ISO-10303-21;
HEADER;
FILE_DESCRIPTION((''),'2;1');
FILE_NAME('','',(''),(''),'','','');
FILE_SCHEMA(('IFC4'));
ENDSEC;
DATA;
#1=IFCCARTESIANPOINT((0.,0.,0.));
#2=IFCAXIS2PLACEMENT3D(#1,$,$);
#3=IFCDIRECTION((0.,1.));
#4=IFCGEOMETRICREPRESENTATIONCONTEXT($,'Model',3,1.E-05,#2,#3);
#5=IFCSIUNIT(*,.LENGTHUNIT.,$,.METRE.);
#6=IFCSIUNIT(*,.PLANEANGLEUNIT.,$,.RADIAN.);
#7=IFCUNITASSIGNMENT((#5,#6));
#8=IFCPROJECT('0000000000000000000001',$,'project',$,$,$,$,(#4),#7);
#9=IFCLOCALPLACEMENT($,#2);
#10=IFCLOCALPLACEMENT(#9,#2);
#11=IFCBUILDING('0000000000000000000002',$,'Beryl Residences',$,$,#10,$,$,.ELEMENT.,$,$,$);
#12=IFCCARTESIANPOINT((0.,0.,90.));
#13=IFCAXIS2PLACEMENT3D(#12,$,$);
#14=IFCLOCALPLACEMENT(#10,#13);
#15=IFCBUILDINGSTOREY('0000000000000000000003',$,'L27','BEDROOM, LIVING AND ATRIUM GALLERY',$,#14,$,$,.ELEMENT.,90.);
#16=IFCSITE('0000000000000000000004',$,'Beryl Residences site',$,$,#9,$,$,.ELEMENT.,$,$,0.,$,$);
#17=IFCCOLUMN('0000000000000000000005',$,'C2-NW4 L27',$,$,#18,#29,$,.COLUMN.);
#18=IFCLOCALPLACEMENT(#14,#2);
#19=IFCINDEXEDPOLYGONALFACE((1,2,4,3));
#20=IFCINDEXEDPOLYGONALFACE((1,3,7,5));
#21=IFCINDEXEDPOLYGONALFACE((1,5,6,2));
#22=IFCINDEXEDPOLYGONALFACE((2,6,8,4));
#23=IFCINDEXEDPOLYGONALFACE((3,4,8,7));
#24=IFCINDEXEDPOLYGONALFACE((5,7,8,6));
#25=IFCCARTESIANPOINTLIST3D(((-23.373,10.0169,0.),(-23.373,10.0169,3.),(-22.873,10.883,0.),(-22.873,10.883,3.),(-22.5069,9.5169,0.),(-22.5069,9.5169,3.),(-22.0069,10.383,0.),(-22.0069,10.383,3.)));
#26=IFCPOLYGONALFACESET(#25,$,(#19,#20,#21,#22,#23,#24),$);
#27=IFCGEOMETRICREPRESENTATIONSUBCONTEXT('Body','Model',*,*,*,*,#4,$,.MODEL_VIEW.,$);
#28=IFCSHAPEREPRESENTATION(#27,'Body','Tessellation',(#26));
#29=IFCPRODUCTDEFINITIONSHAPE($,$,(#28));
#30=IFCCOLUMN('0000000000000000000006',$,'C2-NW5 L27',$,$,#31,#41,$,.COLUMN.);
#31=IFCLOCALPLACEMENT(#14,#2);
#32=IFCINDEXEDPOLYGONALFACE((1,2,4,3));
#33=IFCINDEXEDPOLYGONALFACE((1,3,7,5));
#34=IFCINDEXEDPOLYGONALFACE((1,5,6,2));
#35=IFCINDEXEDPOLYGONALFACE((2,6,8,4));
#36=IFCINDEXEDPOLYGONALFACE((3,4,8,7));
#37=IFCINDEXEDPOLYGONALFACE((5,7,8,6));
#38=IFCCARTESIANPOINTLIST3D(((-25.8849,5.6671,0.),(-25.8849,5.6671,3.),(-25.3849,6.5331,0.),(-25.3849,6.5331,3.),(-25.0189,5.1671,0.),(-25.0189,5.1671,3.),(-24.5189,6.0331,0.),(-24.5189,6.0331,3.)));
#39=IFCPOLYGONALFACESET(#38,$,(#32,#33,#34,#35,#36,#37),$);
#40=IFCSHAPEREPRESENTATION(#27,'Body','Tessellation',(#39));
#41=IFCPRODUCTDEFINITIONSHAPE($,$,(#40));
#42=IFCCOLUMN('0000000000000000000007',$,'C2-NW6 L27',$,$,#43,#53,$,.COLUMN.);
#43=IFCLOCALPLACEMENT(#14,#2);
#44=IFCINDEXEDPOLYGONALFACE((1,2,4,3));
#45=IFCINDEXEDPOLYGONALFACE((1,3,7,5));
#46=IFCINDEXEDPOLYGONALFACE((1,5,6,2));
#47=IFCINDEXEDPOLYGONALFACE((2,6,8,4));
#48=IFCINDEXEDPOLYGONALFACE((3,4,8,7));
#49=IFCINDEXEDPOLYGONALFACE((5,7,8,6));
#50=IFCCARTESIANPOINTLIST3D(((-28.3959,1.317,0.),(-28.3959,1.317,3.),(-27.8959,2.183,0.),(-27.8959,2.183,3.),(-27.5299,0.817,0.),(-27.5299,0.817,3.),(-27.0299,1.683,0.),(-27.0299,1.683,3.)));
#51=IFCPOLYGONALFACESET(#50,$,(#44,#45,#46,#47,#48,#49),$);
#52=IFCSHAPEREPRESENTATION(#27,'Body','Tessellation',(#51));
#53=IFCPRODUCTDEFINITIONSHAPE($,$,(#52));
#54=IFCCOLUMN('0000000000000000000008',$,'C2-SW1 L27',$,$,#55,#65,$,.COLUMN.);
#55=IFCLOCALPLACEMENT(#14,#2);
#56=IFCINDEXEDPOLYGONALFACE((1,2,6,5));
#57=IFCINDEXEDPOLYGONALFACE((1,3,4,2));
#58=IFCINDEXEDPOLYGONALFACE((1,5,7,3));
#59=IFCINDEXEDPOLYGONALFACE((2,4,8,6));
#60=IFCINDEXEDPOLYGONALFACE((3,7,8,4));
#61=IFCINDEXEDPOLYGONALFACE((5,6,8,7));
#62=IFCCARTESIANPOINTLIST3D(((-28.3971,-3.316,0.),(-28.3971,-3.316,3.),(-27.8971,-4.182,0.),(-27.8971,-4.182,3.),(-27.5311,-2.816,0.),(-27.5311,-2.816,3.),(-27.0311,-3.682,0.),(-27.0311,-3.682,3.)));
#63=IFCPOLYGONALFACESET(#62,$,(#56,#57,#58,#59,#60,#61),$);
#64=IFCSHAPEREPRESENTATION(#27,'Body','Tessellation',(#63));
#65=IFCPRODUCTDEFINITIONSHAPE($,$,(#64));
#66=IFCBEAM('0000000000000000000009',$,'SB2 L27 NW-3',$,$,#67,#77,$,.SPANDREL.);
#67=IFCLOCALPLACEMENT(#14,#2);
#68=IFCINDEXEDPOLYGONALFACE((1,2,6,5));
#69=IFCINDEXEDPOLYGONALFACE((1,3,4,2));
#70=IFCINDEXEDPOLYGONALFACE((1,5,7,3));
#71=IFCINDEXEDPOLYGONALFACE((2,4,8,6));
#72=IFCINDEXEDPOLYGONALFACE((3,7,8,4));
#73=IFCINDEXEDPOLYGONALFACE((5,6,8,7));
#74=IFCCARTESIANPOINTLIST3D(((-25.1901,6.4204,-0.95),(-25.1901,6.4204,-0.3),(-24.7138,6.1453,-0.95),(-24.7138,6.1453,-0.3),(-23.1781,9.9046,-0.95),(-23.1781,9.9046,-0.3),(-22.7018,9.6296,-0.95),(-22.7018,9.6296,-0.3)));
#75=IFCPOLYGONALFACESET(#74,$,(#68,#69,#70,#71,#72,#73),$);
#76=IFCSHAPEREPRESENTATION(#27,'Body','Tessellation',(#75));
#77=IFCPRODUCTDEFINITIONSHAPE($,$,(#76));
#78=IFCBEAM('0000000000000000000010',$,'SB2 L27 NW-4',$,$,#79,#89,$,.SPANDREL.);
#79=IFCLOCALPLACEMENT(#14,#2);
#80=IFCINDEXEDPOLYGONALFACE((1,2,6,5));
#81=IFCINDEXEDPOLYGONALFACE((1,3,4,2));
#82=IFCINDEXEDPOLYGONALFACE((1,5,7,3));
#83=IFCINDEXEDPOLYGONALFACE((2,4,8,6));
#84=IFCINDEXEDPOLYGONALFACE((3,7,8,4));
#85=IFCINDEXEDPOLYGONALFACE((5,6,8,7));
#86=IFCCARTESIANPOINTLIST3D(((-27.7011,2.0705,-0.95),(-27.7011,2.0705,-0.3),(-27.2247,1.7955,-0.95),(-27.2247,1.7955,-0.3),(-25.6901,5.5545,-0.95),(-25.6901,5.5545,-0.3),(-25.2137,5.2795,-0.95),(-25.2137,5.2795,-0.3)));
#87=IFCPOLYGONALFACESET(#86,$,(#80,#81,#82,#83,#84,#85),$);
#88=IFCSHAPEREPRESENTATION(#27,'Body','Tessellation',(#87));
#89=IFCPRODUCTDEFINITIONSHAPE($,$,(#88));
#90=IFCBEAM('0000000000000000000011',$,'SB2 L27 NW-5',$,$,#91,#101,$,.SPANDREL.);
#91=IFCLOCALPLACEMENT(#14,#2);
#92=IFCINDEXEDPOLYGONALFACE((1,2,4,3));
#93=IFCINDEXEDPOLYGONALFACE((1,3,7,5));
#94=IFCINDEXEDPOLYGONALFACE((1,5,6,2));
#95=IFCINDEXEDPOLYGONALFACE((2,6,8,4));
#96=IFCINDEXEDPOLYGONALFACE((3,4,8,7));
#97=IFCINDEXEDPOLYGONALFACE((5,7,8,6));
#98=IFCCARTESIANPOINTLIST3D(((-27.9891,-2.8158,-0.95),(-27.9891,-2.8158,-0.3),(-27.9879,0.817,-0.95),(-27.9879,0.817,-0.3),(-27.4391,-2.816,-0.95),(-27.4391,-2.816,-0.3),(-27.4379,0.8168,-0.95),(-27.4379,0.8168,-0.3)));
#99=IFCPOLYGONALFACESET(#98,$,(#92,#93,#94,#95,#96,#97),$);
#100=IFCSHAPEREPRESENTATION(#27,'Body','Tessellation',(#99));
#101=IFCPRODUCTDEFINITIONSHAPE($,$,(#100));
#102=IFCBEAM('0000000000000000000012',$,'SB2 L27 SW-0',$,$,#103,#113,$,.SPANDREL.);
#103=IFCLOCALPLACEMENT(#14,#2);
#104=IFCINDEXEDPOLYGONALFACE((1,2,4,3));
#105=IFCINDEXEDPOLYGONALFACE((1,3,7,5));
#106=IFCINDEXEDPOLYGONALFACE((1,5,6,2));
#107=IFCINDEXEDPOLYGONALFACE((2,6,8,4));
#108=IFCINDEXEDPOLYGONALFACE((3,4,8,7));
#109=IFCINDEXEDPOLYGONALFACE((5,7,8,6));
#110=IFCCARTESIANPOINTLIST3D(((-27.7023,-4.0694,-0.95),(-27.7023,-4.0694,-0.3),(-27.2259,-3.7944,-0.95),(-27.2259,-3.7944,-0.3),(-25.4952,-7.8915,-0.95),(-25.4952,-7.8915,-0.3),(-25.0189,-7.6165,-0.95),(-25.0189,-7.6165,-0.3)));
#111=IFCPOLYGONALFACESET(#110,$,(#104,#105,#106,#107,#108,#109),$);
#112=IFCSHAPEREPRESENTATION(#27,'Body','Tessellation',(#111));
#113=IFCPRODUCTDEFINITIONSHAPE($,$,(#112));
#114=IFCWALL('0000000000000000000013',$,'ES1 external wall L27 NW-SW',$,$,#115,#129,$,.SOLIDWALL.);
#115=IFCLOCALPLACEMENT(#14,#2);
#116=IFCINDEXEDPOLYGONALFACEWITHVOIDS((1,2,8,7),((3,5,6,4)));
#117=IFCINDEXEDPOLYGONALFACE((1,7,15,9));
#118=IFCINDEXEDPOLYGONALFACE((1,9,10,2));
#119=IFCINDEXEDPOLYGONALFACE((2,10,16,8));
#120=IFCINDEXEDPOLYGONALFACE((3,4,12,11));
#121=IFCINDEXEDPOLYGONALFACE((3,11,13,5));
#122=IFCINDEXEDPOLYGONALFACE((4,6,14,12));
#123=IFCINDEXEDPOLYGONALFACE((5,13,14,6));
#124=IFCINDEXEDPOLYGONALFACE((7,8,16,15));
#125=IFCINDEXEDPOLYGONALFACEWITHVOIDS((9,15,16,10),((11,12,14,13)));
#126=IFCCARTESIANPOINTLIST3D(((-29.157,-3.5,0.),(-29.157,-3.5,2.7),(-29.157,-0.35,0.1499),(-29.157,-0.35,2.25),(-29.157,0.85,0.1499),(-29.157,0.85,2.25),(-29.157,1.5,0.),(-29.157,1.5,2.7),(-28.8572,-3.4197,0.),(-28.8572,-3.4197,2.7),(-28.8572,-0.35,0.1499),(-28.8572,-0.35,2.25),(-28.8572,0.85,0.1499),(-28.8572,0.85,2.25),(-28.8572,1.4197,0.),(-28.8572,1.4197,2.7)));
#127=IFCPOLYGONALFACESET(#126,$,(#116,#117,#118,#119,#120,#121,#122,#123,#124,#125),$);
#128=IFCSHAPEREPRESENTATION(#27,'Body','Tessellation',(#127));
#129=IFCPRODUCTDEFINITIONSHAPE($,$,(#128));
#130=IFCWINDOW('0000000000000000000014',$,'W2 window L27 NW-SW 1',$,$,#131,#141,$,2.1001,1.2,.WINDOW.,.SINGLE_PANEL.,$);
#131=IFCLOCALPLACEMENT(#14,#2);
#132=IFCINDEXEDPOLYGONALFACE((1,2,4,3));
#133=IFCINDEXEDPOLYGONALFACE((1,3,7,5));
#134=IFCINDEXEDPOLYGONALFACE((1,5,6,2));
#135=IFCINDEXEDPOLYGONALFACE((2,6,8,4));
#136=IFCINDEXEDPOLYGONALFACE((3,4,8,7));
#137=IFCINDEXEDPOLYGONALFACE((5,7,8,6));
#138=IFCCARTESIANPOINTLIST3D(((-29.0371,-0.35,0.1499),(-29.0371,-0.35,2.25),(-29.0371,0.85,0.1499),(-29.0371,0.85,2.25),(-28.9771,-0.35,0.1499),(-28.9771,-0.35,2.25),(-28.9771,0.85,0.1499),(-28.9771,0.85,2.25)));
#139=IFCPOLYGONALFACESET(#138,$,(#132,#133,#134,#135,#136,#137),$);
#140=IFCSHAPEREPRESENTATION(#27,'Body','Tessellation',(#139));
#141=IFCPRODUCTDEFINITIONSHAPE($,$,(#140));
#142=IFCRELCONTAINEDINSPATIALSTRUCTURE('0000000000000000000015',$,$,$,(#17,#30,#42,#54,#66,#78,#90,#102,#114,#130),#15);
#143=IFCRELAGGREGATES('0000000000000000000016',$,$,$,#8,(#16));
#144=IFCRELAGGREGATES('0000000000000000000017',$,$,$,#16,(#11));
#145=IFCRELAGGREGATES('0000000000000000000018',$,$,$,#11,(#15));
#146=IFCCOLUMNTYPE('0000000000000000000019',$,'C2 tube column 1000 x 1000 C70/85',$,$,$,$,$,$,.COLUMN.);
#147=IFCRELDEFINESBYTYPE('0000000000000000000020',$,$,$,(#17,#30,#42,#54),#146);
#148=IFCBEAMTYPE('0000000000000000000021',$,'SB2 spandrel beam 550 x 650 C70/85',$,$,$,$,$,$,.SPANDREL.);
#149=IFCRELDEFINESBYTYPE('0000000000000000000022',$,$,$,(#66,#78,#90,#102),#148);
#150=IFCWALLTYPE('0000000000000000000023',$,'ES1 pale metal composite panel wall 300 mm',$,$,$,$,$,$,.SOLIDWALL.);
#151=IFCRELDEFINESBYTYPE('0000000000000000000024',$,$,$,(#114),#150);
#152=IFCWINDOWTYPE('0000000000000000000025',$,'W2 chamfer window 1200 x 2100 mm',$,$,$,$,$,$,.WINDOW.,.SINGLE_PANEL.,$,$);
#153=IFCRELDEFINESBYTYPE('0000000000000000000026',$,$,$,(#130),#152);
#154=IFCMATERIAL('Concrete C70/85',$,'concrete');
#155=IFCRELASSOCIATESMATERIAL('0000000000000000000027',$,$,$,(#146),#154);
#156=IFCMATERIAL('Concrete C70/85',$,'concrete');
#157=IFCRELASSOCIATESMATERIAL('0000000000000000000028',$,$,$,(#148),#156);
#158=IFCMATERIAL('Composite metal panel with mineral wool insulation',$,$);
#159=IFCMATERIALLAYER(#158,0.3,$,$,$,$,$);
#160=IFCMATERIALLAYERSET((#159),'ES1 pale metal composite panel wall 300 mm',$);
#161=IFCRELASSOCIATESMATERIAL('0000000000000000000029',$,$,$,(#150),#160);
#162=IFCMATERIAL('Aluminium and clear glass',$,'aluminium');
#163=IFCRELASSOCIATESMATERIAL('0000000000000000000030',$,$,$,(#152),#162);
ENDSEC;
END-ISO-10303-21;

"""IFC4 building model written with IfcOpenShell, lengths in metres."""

from ifc_helpers import new_model, si_unit, direction, frame, frame_2d, origin, origin_2d, place, context, subcontext, project, spatial, polyline, rectangle, outline, extrude, material, layer, layer_set, material_profile, profile_set, type_object, element, fill, save


model = new_model("IFC4")

# Units and contexts
model_context = context("Model", 3, precision=1e-05, world=origin(), true_north=direction((0.0, 1.0)))
body_context = subcontext(model_context, "Body", "Model", "MODEL_VIEW")
ifc_project = project(units=[si_unit("LENGTHUNIT", "METRE"), si_unit("PLANEANGLEUNIT", "RADIAN")], contexts=[model_context])

# Site, building, storey
site_placement = place(None, origin())
site = spatial("IfcSite", under=ifc_project, at=site_placement, Name="Beryl Residences site", CompositionType="ELEMENT", RefElevation=0.0)
building_placement = place(site_placement, origin())
building = spatial("IfcBuilding", under=site, at=building_placement, Name="Beryl Residences", CompositionType="ELEMENT")
storey_placement = place(building_placement, frame((0.0, 0.0, 90.0)))
storey = spatial("IfcBuildingStorey", under=building, at=storey_placement, Name="L27", Description="BEDROOM, LIVING AND ATRIUM GALLERY", CompositionType="ELEMENT", Elevation=90.0)

# Columns
ifc_material_1 = material(Name="Concrete C70/85", Category="concrete")
ifc_material_profile_1 = material_profile(ifc_material_1, rectangle(XDim=1.0, YDim=1.0, at=origin_2d()))
ifc_profile_set_1 = profile_set([ifc_material_profile_1], Name="Concrete C70/85")
column_type = type_object("IfcColumnType", Name="C2 tube column 1000 x 1000 C70/85", PredefinedType="COLUMN", material=ifc_profile_set_1)
for number, where, z_axis, x_axis, name in (
    (1, (-22.6899, 10.2, 0.0), (0.0, 0.0, 1.0), (-0.5, -0.866025, 0.0), "C2-NW4 L27"),
    (2, (-25.2019, 5.8501, 0.0), (0.0, 0.0, 1.0), (-0.5, -0.866025, 0.0), "C2-NW5 L27"),
    (3, (-27.7129, 1.5, 0.0), (0.0, 0.0, 1.0), (-0.5, -0.866025, 0.0), "C2-NW6 L27"),
    (4, (-27.7141, -3.499, 0.0), (0.0, 0.0, 1.0), (0.5, -0.866025, 0.0), "C2-SW1 L27"),
):
    element("IfcColumn", number, at=place(storey_placement, frame(where, z_axis=z_axis, x_axis=x_axis)), inside=storey, type_object=column_type, Name=name, PredefinedType="COLUMN", context=body_context, shape_type="SweptSolid", body=[
        extrude(rectangle(XDim=1.0, YDim=1.0, at=origin_2d()), origin(), (0.0, 0.0, 1.0), 3.0),
    ])

# Beams
ifc_material_2 = material(Name="Concrete C70/85", Category="concrete")
ifc_material_profile_2 = material_profile(ifc_material_2, rectangle(XDim=0.55, YDim=0.6499, at=origin_2d()))
ifc_profile_set_2 = profile_set([ifc_material_profile_2], Name="Concrete C70/85")
beam_type = type_object("IfcBeamType", Name="SB2 spandrel beam 550 x 650 C70/85", PredefinedType="SPANDREL", material=ifc_profile_set_2)
beam_1_placement = place(storey_placement, frame((-22.9399, 9.7671, -0.625), z_axis=(-0.500074, -0.865982, 0.0), x_axis=(0.865982, -0.500074, 0.0)))
element("IfcBeam", 5, at=beam_1_placement, inside=storey, type_object=beam_type, Name="SB2 L27 NW-3", PredefinedType="SPANDREL", context=body_context, shape_type="SweptSolid", body=[
    extrude(rectangle(XDim=0.55, YDim=0.6499, at=origin_2d()), origin(), (0.0, 0.0, 1.0), 4.0234),
])
beam_2_placement = place(storey_placement, frame((-25.4519, 5.417, -0.625), z_axis=(-0.499919, -0.866072, 0.0), x_axis=(0.866072, -0.499919, 0.0)))
element("IfcBeam", 6, at=beam_2_placement, inside=storey, type_object=beam_type, Name="SB2 L27 NW-4", PredefinedType="SPANDREL", context=body_context, shape_type="SweptSolid", body=[
    extrude(rectangle(XDim=0.55, YDim=0.6499, at=origin_2d()), origin(), (0.0, 0.0, 1.0), 4.0227),
])
beam_3_placement = place(storey_placement, frame((-27.7129, 0.8169, -0.625), z_axis=(-0.000336, -1.0, 0.0), x_axis=(1.0, -0.000336, 0.0)))
element("IfcBeam", 7, at=beam_3_placement, inside=storey, type_object=beam_type, Name="SB2 L27 NW-5", PredefinedType="SPANDREL", context=body_context, shape_type="SweptSolid", body=[
    extrude(rectangle(XDim=0.55, YDim=0.6499, at=origin_2d()), origin(), (0.0, 0.0, 1.0), 3.6328),
])
beam_4_placement = place(storey_placement, frame((-27.4641, -3.9319, -0.625), z_axis=(0.500066, -0.865988, 0.0), x_axis=(0.865988, 0.500066, 0.0)))
element("IfcBeam", 8, at=beam_4_placement, inside=storey, type_object=beam_type, Name="SB2 L27 SW-0", PredefinedType="SPANDREL", context=body_context, shape_type="SweptSolid", body=[
    extrude(rectangle(XDim=0.55, YDim=0.6499, at=origin_2d()), origin(), (0.0, 0.0, 1.0), 4.4136),
])

# Wall, opening, window
ifc_material_3 = material(Name="Composite metal panel with mineral wool insulation")
ifc_layer_1 = layer(ifc_material_3, 0.3)
ifc_layer_set_1 = layer_set([ifc_layer_1], Name="ES1 pale metal composite panel wall 300 mm")
wall_type_1 = type_object("IfcWallType", Name="ES1 pale metal composite panel wall 300 mm", PredefinedType="SOLIDWALL", material=ifc_layer_set_1)
wall_1_placement = place(storey_placement, frame((-29.0071, 1.5, 0.0), z_axis=(0.0, 0.0, 1.0), x_axis=(0.0, -1.0, 0.0)))
wall_1 = element("IfcWall", 9, at=wall_1_placement, inside=storey, type_object=wall_type_1, Name="ES1 external wall L27 NW-SW", PredefinedType="SOLIDWALL", context=body_context, shape_type="SweptSolid", body=[
    extrude(outline(polyline([(0.0, -0.1499), (5.0, -0.1499), (4.9197, 0.1499), (0.0803, 0.1499), (0.0, -0.1499)])), origin(), (0.0, 0.0, 1.0), 2.7),
])
opening_1_placement = place(wall_1_placement, frame((0.6499, 0.0, 0.1499)))
opening_1 = element("IfcOpeningElement", 10, at=opening_1_placement, cuts=wall_1, PredefinedType="OPENING", context=body_context, shape_type="SweptSolid", body=[
    extrude(rectangle(XDim=1.2, YDim=2.1001, at=frame_2d((0.6001, 1.05))), frame((0.0, 0.1599, 0.0), z_axis=(0.0, -1.0, 0.0), x_axis=(1.0, 0.0, 0.0)), (0.0, 0.0, 1.0), 0.3201),
])
ifc_material_4 = material(Name="Aluminium and clear glass", Category="aluminium")
window_type_1 = type_object("IfcWindowType", Name="W2 chamfer window 1200 x 2100 mm", PartitioningType="SINGLE_PANEL", PredefinedType="WINDOW", material=ifc_material_4)
window_1_placement = place(opening_1_placement, origin())
window_1 = element("IfcWindow", 11, at=window_1_placement, inside=storey, type_object=window_type_1, Name="W2 window L27 NW-SW 1", OverallHeight=2.1001, OverallWidth=1.2, PartitioningType="SINGLE_PANEL", PredefinedType="WINDOW", context=body_context, shape_type="SweptSolid", body=[
    extrude(rectangle(XDim=1.2, YDim=2.1001, at=frame_2d((0.6001, 1.05))), frame((0.0, 0.03, 0.0), z_axis=(0.0, -1.0, 0.0), x_axis=(1.0, 0.0, 0.0)), (0.0, 0.0, 1.0), 0.0601),
])
fill(opening_1, window_1)

save(model, "model.ifc")
